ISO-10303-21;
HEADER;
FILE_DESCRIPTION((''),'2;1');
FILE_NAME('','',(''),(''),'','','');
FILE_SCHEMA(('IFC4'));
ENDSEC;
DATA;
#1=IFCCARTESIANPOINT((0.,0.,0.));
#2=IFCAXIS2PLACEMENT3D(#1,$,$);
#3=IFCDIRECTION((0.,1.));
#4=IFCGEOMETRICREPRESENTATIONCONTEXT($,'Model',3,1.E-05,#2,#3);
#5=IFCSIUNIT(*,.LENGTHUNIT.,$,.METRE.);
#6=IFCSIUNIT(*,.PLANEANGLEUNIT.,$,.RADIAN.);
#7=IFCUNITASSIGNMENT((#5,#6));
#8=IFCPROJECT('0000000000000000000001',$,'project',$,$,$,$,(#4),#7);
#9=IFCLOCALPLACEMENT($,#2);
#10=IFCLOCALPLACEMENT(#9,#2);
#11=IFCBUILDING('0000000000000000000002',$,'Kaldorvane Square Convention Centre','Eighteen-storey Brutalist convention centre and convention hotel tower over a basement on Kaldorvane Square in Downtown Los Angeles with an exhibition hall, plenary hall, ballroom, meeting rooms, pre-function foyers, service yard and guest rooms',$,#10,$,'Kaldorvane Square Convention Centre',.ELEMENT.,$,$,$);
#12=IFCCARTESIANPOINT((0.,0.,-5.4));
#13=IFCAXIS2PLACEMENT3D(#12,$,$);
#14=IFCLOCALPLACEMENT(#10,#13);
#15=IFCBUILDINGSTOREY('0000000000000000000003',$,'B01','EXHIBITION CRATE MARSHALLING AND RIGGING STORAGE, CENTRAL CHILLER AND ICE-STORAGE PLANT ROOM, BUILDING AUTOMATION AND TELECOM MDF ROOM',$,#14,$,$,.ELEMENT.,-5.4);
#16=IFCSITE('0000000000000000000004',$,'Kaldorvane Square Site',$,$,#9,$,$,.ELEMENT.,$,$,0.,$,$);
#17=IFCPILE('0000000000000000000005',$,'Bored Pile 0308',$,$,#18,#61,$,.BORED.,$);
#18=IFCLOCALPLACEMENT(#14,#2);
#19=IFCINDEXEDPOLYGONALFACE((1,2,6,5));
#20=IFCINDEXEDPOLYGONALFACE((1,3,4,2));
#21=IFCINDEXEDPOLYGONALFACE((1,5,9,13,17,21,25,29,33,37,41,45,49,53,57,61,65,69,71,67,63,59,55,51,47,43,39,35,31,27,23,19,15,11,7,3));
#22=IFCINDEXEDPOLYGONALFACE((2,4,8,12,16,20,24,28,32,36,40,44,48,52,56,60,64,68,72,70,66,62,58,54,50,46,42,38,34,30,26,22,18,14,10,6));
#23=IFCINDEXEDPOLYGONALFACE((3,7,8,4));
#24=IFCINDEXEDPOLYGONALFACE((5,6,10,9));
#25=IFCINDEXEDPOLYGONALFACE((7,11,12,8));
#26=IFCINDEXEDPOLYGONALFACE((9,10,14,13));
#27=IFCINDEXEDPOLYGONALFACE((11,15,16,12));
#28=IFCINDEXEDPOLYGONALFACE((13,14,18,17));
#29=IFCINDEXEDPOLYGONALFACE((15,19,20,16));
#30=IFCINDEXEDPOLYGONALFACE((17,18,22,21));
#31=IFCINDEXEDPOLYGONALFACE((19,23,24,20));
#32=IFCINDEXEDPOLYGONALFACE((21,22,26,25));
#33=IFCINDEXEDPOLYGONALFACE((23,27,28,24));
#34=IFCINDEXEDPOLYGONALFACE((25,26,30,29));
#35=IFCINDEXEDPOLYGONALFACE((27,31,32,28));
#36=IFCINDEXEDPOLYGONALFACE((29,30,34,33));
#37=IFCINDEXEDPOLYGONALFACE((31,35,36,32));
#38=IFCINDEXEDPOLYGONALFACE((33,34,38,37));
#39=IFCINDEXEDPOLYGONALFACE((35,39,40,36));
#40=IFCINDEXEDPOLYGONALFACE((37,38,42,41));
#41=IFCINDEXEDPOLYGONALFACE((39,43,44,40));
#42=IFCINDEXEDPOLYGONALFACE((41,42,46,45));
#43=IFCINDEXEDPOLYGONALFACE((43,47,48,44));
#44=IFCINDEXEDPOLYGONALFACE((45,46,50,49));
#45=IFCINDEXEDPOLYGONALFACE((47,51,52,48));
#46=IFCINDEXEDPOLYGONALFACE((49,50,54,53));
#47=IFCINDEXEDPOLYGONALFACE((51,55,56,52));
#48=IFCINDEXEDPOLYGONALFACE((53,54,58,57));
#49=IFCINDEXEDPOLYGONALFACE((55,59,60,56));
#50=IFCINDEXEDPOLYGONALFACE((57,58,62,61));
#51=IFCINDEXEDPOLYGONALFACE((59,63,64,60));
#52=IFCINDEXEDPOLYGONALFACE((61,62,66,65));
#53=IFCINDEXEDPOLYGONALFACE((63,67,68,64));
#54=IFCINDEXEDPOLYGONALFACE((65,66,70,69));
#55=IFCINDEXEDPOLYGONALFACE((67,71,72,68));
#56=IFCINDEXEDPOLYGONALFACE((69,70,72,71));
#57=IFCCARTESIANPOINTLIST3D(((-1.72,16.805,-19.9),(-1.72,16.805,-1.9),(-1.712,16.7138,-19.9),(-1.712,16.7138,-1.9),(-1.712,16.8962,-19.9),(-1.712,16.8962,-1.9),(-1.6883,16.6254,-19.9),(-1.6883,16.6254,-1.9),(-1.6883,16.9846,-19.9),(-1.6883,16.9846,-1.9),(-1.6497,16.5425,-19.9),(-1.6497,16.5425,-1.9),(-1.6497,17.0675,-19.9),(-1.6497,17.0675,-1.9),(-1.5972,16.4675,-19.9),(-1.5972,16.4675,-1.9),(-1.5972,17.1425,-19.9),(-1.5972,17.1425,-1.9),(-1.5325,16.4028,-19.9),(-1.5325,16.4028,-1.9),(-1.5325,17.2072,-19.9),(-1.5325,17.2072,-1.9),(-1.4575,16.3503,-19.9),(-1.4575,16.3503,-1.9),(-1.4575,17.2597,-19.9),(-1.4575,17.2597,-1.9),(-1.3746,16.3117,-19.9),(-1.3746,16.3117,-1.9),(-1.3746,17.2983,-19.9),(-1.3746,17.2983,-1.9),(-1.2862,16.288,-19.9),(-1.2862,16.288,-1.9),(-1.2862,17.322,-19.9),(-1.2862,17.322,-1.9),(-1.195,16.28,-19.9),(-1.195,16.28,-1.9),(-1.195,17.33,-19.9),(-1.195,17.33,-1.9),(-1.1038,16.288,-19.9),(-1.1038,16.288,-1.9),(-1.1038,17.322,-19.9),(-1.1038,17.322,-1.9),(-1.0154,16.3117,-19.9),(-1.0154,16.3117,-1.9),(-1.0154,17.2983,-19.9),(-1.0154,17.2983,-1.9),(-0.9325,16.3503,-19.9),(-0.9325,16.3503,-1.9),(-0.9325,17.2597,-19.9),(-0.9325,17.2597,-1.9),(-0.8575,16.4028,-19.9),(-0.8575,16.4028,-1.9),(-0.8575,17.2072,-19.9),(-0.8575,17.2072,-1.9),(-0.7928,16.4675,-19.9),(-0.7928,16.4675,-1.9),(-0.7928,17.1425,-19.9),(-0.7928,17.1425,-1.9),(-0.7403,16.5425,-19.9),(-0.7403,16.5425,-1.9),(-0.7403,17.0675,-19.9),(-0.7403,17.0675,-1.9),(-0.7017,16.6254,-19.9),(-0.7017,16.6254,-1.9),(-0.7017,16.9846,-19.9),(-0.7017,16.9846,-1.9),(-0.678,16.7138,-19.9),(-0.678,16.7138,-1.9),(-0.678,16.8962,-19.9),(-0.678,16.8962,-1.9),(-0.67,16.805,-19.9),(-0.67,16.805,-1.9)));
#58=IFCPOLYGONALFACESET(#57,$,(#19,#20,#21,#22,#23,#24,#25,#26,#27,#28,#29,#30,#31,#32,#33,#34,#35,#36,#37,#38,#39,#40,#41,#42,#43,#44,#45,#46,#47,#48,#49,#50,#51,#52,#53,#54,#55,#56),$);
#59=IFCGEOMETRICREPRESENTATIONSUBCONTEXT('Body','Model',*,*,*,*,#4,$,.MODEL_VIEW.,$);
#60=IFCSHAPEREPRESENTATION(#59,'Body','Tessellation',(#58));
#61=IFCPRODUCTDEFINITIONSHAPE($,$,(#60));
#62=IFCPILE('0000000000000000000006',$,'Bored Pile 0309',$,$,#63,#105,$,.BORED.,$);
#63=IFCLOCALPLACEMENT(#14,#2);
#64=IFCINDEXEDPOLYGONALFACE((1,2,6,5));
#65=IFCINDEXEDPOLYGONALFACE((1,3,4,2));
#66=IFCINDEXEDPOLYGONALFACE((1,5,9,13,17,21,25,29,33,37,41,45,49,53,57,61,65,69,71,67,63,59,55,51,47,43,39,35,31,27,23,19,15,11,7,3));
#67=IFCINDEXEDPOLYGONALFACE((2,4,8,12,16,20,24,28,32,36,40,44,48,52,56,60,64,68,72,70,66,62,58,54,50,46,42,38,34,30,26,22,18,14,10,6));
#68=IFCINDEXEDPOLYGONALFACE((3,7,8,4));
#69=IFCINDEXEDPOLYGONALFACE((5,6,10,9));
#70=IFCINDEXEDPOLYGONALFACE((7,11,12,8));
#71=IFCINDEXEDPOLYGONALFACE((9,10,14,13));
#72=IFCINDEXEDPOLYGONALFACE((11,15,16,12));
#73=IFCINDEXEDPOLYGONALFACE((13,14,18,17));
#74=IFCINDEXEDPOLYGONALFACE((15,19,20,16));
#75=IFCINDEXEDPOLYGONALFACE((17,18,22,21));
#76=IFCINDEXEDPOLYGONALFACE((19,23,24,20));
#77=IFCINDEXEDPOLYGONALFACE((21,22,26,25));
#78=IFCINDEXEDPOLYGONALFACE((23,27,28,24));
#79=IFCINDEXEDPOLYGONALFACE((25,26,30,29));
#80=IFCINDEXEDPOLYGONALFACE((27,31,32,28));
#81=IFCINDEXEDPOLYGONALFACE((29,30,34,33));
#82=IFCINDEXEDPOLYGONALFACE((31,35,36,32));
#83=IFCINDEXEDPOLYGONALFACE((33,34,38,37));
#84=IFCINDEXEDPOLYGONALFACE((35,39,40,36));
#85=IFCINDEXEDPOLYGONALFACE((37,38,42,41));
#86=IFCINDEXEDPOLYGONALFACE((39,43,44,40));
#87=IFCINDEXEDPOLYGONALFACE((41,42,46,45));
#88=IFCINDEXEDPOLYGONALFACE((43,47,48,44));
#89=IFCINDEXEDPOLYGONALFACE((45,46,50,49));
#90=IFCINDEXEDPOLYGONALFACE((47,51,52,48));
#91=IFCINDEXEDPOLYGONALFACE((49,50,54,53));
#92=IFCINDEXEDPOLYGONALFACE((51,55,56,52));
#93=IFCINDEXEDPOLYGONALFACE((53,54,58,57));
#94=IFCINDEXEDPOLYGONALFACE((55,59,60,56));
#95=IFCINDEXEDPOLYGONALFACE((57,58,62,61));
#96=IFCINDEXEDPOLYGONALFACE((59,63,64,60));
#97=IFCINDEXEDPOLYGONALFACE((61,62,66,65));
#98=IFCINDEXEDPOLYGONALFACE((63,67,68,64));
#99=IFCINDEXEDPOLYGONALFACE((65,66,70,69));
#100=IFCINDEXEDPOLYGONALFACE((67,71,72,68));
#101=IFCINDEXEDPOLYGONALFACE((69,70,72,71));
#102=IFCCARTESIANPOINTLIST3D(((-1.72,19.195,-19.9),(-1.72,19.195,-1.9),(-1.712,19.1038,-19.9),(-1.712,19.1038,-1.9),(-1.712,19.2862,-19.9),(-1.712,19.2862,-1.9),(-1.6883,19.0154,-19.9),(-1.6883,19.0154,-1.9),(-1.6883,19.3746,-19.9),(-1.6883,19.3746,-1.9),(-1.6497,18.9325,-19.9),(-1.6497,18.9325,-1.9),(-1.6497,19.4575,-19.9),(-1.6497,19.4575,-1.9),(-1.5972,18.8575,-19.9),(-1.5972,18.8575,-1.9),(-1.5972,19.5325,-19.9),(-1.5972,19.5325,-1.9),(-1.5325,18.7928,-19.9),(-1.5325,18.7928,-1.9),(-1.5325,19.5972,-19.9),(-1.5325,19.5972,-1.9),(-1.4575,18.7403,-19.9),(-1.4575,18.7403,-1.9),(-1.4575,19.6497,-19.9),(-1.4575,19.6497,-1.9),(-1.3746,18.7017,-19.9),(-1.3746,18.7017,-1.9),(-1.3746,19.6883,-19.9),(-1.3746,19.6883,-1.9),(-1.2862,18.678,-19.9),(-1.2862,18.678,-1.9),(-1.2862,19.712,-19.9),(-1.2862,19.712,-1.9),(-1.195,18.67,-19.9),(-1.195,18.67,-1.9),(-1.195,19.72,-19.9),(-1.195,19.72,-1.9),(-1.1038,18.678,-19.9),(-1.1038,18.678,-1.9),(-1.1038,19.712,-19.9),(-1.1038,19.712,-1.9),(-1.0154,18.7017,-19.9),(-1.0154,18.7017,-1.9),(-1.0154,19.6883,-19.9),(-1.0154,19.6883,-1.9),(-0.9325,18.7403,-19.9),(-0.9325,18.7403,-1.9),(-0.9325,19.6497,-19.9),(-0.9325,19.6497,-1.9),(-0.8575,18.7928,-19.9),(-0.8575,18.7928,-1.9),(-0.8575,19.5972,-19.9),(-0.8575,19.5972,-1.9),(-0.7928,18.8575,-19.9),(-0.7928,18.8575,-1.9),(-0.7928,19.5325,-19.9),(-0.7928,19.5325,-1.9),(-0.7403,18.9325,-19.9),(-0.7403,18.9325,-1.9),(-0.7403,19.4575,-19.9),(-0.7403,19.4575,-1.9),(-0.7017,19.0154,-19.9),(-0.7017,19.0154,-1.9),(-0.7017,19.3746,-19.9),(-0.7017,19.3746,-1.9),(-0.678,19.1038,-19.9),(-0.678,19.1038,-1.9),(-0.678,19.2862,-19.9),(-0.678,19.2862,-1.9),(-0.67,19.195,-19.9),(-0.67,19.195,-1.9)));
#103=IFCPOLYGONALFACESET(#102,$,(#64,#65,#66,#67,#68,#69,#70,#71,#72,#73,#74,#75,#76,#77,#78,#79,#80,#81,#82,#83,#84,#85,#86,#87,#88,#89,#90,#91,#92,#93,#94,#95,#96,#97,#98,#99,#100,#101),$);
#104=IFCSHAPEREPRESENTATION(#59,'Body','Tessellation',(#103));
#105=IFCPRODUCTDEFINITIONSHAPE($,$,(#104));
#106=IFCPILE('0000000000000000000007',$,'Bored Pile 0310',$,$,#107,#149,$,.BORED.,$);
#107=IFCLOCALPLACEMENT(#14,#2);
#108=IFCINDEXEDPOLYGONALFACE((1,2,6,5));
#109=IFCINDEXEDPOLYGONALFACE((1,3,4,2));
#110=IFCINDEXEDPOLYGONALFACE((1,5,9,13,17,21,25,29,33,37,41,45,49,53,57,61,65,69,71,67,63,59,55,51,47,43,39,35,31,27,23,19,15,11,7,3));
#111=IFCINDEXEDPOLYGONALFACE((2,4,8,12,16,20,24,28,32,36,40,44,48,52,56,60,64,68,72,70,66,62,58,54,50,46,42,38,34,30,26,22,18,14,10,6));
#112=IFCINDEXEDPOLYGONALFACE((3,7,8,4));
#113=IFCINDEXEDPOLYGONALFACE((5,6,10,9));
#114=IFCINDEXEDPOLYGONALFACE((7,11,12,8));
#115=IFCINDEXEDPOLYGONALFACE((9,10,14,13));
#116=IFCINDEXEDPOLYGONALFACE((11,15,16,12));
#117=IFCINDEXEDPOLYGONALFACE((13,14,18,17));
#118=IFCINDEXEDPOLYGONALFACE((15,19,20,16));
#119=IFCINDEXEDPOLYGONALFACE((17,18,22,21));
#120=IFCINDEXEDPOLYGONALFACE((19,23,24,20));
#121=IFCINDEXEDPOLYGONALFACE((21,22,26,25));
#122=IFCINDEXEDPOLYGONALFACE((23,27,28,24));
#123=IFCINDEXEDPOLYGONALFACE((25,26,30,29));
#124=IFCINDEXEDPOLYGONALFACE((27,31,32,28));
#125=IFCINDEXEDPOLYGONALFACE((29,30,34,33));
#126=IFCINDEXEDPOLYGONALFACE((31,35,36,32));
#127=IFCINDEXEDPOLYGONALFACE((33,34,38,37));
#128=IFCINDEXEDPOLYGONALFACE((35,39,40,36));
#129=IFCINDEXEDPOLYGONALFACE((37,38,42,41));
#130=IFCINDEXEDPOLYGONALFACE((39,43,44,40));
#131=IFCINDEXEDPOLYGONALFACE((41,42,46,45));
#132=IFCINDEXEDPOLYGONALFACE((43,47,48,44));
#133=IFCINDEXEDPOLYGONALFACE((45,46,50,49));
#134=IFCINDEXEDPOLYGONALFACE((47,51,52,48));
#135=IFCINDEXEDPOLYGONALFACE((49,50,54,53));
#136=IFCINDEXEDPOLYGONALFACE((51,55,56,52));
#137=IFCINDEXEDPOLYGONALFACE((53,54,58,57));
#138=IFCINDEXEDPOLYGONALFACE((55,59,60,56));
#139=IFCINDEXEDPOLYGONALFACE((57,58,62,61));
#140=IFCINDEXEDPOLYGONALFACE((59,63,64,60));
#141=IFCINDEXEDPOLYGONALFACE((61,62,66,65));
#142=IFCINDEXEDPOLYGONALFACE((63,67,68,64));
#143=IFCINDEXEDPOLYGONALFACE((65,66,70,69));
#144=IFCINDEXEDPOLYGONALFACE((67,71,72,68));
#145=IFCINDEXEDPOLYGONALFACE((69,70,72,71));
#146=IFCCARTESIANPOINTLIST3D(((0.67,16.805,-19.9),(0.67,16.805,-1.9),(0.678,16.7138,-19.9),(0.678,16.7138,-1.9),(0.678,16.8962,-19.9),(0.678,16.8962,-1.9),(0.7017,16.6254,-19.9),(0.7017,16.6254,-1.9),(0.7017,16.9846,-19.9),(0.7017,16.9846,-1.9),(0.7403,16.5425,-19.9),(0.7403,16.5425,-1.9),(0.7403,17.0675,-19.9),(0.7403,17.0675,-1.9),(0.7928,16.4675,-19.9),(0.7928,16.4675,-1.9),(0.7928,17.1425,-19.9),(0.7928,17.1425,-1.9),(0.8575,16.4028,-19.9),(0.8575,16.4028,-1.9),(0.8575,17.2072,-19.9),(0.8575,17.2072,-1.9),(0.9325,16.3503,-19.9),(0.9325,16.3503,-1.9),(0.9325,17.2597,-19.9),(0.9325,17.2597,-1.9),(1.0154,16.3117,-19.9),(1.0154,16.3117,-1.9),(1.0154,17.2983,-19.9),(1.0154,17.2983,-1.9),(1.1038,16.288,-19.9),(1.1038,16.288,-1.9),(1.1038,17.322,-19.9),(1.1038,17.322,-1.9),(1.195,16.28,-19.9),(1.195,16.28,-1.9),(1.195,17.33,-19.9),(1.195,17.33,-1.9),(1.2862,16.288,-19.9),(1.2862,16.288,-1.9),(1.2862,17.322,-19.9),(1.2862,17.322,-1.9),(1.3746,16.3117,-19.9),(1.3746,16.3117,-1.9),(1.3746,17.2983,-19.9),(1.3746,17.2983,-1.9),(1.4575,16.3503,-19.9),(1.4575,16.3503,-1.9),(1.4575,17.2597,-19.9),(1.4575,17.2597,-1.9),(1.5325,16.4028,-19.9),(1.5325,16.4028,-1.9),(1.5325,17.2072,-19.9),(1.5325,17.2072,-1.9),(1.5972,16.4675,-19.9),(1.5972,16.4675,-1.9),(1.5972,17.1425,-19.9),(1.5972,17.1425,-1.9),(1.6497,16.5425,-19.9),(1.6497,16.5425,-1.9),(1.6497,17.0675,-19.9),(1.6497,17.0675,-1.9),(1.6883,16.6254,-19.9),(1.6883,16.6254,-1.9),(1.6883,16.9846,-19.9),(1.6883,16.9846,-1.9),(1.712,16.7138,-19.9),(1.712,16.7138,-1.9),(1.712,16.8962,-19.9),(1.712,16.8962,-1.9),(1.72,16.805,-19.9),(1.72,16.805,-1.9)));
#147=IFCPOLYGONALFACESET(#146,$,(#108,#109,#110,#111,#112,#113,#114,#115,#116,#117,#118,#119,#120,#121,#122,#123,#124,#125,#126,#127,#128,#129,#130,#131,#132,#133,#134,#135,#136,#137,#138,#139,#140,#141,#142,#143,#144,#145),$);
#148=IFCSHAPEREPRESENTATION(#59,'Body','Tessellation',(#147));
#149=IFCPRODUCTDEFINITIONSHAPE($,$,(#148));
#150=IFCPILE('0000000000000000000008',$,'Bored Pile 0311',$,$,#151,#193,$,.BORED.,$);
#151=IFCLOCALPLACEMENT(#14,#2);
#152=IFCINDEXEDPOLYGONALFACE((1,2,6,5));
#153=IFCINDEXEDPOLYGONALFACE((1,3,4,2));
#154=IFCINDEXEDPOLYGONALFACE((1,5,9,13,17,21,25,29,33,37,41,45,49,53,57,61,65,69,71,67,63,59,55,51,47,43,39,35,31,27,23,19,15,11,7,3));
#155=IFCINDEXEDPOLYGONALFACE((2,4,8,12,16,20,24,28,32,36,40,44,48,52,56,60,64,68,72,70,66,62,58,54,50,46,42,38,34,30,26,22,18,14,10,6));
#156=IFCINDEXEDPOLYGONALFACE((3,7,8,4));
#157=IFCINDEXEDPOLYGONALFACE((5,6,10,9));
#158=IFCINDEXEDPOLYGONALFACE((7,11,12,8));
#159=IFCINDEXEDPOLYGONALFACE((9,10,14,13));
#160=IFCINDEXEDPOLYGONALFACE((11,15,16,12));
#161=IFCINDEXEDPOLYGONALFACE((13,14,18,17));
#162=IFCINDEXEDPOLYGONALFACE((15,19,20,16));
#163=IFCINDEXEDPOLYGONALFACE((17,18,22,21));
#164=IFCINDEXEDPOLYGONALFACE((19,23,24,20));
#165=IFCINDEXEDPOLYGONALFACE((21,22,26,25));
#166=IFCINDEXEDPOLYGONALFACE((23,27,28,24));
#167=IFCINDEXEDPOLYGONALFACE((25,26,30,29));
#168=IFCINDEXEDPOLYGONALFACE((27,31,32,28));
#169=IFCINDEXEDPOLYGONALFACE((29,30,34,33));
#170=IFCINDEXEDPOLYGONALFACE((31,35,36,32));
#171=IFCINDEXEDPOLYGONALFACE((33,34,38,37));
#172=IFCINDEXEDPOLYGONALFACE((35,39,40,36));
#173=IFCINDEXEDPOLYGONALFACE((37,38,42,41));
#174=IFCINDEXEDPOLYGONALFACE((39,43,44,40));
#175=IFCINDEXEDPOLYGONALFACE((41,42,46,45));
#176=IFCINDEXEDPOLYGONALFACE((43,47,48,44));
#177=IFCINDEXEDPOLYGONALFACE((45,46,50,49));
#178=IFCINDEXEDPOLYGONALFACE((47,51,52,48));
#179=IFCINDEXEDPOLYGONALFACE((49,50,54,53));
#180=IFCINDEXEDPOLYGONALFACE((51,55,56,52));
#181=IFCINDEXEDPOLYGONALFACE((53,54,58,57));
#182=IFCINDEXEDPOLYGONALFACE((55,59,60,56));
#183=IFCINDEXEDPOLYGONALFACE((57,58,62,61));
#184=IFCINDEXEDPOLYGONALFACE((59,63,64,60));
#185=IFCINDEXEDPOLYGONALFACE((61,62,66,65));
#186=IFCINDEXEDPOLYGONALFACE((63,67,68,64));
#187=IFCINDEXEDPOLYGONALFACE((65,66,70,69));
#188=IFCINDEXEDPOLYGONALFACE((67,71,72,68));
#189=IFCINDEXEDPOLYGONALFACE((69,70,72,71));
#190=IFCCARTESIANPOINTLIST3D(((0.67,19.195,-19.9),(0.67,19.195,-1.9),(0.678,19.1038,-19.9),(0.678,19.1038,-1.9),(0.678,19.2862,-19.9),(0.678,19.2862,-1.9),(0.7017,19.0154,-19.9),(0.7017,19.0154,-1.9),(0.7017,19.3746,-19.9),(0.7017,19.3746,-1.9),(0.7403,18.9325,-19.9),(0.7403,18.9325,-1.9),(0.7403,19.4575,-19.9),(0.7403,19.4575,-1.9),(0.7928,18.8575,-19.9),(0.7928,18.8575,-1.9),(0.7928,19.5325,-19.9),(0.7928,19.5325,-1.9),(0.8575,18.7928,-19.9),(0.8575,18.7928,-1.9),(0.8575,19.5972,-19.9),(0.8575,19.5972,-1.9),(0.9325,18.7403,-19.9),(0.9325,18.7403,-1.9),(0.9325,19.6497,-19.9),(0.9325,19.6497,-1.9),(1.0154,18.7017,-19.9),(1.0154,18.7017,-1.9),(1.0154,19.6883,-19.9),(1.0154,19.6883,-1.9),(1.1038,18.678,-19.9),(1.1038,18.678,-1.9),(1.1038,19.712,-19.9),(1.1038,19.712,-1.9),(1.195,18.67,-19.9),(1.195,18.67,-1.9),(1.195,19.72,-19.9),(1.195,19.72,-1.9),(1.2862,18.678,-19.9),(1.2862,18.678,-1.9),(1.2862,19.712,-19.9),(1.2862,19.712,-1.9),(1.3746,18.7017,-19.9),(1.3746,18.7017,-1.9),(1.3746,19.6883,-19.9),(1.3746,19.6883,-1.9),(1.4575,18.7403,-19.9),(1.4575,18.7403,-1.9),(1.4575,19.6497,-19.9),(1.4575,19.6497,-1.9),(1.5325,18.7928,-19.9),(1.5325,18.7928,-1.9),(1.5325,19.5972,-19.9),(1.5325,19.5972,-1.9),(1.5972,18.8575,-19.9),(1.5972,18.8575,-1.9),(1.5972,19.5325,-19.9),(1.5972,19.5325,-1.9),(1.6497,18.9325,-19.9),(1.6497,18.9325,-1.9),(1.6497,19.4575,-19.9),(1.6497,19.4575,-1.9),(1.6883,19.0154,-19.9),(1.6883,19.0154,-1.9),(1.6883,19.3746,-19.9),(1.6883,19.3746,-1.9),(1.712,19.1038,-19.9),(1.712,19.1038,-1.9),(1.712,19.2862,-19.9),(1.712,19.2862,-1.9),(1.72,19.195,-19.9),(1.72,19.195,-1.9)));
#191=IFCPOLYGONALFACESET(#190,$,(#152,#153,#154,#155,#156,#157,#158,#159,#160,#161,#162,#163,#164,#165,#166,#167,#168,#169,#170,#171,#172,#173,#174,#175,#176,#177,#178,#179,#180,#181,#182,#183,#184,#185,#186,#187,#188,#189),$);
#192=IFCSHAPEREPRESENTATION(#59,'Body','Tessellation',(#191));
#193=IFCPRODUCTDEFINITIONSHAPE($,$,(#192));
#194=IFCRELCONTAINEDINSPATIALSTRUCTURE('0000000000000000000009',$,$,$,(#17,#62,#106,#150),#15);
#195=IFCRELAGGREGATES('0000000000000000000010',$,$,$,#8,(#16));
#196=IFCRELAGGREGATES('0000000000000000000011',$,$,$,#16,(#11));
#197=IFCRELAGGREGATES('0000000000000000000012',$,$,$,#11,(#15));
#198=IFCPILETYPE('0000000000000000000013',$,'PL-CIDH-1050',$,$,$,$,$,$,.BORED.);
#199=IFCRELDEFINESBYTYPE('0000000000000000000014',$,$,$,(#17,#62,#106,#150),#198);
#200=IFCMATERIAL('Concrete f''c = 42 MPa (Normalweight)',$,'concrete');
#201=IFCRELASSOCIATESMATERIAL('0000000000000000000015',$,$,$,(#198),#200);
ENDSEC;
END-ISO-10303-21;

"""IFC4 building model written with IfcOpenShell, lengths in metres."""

from ifc_helpers import new_model, si_unit, direction, frame, origin, origin_2d, place, context, subcontext, project, spatial, circle, extrude, material, material_profile, profile_set, type_object, element, save


model = new_model("IFC4")

# Units and contexts
model_context = context("Model", 3, precision=1e-05, world=origin(), true_north=direction((0.0, 1.0)))
body_context = subcontext(model_context, "Body", "Model", "MODEL_VIEW")
ifc_project = project(units=[si_unit("LENGTHUNIT", "METRE"), si_unit("PLANEANGLEUNIT", "RADIAN")], contexts=[model_context])

# Site, building, storey
site_placement = place(None, origin())
site = spatial("IfcSite", under=ifc_project, at=site_placement, Name="Kaldorvane Square Site", CompositionType="ELEMENT", RefElevation=0.0)
building_placement = place(site_placement, origin())
building = spatial("IfcBuilding", under=site, at=building_placement, Name="Kaldorvane Square Convention Centre", Description="Eighteen-storey Brutalist convention centre and convention hotel tower over a basement on Kaldorvane Square in Downtown Los Angeles with an exhibition hall, plenary hall, ballroom, meeting rooms, pre-function foyers, service yard and guest rooms", LongName="Kaldorvane Square Convention Centre", CompositionType="ELEMENT")
storey_placement = place(building_placement, frame((0.0, 0.0, -5.4)))
storey = spatial("IfcBuildingStorey", under=building, at=storey_placement, Name="B01", Description="EXHIBITION CRATE MARSHALLING AND RIGGING STORAGE, CENTRAL CHILLER AND ICE-STORAGE PLANT ROOM, BUILDING AUTOMATION AND TELECOM MDF ROOM", CompositionType="ELEMENT", Elevation=-5.4)

# Shared definitions
ifc_material_1 = material(Name="Concrete f'c = 42 MPa (Normalweight)", Category="concrete")

# Piles
ifc_material_profile_1 = material_profile(ifc_material_1, circle(Radius=0.525, at=origin_2d()), Name="PILE-D1050")
ifc_profile_set_1 = profile_set([ifc_material_profile_1], Name="Concrete f'c = 42 MPa (Normalweight)")
pile_type_1 = type_object("IfcPileType", Name="PL-CIDH-1050", PredefinedType="BORED", material=ifc_profile_set_1)
for number, where, z_axis, x_axis, name in (
    (1, (-1.195, 16.805, -1.9), (0.0, 0.0, -1.0), (1.0, 0.0, 0.0), "Bored Pile 0308"),
    (2, (-1.195, 19.195, -1.9), (0.0, 0.0, -1.0), (1.0, 0.0, 0.0), "Bored Pile 0309"),
    (3, (1.195, 16.805, -1.9), (0.0, 0.0, -1.0), (1.0, 0.0, 0.0), "Bored Pile 0310"),
    (4, (1.195, 19.195, -1.9), (0.0, 0.0, -1.0), (1.0, 0.0, 0.0), "Bored Pile 0311"),
):
    element("IfcPile", number, at=place(storey_placement, frame(where, z_axis=z_axis, x_axis=x_axis)), inside=storey, type_object=pile_type_1, Name=name, PredefinedType="BORED", context=body_context, shape_type="SweptSolid", body=[
        extrude(circle(Radius=0.525, at=origin_2d()), origin(), (0.0, 0.0, 1.0), 18.0),
    ])

save(model, "model.ifc")
